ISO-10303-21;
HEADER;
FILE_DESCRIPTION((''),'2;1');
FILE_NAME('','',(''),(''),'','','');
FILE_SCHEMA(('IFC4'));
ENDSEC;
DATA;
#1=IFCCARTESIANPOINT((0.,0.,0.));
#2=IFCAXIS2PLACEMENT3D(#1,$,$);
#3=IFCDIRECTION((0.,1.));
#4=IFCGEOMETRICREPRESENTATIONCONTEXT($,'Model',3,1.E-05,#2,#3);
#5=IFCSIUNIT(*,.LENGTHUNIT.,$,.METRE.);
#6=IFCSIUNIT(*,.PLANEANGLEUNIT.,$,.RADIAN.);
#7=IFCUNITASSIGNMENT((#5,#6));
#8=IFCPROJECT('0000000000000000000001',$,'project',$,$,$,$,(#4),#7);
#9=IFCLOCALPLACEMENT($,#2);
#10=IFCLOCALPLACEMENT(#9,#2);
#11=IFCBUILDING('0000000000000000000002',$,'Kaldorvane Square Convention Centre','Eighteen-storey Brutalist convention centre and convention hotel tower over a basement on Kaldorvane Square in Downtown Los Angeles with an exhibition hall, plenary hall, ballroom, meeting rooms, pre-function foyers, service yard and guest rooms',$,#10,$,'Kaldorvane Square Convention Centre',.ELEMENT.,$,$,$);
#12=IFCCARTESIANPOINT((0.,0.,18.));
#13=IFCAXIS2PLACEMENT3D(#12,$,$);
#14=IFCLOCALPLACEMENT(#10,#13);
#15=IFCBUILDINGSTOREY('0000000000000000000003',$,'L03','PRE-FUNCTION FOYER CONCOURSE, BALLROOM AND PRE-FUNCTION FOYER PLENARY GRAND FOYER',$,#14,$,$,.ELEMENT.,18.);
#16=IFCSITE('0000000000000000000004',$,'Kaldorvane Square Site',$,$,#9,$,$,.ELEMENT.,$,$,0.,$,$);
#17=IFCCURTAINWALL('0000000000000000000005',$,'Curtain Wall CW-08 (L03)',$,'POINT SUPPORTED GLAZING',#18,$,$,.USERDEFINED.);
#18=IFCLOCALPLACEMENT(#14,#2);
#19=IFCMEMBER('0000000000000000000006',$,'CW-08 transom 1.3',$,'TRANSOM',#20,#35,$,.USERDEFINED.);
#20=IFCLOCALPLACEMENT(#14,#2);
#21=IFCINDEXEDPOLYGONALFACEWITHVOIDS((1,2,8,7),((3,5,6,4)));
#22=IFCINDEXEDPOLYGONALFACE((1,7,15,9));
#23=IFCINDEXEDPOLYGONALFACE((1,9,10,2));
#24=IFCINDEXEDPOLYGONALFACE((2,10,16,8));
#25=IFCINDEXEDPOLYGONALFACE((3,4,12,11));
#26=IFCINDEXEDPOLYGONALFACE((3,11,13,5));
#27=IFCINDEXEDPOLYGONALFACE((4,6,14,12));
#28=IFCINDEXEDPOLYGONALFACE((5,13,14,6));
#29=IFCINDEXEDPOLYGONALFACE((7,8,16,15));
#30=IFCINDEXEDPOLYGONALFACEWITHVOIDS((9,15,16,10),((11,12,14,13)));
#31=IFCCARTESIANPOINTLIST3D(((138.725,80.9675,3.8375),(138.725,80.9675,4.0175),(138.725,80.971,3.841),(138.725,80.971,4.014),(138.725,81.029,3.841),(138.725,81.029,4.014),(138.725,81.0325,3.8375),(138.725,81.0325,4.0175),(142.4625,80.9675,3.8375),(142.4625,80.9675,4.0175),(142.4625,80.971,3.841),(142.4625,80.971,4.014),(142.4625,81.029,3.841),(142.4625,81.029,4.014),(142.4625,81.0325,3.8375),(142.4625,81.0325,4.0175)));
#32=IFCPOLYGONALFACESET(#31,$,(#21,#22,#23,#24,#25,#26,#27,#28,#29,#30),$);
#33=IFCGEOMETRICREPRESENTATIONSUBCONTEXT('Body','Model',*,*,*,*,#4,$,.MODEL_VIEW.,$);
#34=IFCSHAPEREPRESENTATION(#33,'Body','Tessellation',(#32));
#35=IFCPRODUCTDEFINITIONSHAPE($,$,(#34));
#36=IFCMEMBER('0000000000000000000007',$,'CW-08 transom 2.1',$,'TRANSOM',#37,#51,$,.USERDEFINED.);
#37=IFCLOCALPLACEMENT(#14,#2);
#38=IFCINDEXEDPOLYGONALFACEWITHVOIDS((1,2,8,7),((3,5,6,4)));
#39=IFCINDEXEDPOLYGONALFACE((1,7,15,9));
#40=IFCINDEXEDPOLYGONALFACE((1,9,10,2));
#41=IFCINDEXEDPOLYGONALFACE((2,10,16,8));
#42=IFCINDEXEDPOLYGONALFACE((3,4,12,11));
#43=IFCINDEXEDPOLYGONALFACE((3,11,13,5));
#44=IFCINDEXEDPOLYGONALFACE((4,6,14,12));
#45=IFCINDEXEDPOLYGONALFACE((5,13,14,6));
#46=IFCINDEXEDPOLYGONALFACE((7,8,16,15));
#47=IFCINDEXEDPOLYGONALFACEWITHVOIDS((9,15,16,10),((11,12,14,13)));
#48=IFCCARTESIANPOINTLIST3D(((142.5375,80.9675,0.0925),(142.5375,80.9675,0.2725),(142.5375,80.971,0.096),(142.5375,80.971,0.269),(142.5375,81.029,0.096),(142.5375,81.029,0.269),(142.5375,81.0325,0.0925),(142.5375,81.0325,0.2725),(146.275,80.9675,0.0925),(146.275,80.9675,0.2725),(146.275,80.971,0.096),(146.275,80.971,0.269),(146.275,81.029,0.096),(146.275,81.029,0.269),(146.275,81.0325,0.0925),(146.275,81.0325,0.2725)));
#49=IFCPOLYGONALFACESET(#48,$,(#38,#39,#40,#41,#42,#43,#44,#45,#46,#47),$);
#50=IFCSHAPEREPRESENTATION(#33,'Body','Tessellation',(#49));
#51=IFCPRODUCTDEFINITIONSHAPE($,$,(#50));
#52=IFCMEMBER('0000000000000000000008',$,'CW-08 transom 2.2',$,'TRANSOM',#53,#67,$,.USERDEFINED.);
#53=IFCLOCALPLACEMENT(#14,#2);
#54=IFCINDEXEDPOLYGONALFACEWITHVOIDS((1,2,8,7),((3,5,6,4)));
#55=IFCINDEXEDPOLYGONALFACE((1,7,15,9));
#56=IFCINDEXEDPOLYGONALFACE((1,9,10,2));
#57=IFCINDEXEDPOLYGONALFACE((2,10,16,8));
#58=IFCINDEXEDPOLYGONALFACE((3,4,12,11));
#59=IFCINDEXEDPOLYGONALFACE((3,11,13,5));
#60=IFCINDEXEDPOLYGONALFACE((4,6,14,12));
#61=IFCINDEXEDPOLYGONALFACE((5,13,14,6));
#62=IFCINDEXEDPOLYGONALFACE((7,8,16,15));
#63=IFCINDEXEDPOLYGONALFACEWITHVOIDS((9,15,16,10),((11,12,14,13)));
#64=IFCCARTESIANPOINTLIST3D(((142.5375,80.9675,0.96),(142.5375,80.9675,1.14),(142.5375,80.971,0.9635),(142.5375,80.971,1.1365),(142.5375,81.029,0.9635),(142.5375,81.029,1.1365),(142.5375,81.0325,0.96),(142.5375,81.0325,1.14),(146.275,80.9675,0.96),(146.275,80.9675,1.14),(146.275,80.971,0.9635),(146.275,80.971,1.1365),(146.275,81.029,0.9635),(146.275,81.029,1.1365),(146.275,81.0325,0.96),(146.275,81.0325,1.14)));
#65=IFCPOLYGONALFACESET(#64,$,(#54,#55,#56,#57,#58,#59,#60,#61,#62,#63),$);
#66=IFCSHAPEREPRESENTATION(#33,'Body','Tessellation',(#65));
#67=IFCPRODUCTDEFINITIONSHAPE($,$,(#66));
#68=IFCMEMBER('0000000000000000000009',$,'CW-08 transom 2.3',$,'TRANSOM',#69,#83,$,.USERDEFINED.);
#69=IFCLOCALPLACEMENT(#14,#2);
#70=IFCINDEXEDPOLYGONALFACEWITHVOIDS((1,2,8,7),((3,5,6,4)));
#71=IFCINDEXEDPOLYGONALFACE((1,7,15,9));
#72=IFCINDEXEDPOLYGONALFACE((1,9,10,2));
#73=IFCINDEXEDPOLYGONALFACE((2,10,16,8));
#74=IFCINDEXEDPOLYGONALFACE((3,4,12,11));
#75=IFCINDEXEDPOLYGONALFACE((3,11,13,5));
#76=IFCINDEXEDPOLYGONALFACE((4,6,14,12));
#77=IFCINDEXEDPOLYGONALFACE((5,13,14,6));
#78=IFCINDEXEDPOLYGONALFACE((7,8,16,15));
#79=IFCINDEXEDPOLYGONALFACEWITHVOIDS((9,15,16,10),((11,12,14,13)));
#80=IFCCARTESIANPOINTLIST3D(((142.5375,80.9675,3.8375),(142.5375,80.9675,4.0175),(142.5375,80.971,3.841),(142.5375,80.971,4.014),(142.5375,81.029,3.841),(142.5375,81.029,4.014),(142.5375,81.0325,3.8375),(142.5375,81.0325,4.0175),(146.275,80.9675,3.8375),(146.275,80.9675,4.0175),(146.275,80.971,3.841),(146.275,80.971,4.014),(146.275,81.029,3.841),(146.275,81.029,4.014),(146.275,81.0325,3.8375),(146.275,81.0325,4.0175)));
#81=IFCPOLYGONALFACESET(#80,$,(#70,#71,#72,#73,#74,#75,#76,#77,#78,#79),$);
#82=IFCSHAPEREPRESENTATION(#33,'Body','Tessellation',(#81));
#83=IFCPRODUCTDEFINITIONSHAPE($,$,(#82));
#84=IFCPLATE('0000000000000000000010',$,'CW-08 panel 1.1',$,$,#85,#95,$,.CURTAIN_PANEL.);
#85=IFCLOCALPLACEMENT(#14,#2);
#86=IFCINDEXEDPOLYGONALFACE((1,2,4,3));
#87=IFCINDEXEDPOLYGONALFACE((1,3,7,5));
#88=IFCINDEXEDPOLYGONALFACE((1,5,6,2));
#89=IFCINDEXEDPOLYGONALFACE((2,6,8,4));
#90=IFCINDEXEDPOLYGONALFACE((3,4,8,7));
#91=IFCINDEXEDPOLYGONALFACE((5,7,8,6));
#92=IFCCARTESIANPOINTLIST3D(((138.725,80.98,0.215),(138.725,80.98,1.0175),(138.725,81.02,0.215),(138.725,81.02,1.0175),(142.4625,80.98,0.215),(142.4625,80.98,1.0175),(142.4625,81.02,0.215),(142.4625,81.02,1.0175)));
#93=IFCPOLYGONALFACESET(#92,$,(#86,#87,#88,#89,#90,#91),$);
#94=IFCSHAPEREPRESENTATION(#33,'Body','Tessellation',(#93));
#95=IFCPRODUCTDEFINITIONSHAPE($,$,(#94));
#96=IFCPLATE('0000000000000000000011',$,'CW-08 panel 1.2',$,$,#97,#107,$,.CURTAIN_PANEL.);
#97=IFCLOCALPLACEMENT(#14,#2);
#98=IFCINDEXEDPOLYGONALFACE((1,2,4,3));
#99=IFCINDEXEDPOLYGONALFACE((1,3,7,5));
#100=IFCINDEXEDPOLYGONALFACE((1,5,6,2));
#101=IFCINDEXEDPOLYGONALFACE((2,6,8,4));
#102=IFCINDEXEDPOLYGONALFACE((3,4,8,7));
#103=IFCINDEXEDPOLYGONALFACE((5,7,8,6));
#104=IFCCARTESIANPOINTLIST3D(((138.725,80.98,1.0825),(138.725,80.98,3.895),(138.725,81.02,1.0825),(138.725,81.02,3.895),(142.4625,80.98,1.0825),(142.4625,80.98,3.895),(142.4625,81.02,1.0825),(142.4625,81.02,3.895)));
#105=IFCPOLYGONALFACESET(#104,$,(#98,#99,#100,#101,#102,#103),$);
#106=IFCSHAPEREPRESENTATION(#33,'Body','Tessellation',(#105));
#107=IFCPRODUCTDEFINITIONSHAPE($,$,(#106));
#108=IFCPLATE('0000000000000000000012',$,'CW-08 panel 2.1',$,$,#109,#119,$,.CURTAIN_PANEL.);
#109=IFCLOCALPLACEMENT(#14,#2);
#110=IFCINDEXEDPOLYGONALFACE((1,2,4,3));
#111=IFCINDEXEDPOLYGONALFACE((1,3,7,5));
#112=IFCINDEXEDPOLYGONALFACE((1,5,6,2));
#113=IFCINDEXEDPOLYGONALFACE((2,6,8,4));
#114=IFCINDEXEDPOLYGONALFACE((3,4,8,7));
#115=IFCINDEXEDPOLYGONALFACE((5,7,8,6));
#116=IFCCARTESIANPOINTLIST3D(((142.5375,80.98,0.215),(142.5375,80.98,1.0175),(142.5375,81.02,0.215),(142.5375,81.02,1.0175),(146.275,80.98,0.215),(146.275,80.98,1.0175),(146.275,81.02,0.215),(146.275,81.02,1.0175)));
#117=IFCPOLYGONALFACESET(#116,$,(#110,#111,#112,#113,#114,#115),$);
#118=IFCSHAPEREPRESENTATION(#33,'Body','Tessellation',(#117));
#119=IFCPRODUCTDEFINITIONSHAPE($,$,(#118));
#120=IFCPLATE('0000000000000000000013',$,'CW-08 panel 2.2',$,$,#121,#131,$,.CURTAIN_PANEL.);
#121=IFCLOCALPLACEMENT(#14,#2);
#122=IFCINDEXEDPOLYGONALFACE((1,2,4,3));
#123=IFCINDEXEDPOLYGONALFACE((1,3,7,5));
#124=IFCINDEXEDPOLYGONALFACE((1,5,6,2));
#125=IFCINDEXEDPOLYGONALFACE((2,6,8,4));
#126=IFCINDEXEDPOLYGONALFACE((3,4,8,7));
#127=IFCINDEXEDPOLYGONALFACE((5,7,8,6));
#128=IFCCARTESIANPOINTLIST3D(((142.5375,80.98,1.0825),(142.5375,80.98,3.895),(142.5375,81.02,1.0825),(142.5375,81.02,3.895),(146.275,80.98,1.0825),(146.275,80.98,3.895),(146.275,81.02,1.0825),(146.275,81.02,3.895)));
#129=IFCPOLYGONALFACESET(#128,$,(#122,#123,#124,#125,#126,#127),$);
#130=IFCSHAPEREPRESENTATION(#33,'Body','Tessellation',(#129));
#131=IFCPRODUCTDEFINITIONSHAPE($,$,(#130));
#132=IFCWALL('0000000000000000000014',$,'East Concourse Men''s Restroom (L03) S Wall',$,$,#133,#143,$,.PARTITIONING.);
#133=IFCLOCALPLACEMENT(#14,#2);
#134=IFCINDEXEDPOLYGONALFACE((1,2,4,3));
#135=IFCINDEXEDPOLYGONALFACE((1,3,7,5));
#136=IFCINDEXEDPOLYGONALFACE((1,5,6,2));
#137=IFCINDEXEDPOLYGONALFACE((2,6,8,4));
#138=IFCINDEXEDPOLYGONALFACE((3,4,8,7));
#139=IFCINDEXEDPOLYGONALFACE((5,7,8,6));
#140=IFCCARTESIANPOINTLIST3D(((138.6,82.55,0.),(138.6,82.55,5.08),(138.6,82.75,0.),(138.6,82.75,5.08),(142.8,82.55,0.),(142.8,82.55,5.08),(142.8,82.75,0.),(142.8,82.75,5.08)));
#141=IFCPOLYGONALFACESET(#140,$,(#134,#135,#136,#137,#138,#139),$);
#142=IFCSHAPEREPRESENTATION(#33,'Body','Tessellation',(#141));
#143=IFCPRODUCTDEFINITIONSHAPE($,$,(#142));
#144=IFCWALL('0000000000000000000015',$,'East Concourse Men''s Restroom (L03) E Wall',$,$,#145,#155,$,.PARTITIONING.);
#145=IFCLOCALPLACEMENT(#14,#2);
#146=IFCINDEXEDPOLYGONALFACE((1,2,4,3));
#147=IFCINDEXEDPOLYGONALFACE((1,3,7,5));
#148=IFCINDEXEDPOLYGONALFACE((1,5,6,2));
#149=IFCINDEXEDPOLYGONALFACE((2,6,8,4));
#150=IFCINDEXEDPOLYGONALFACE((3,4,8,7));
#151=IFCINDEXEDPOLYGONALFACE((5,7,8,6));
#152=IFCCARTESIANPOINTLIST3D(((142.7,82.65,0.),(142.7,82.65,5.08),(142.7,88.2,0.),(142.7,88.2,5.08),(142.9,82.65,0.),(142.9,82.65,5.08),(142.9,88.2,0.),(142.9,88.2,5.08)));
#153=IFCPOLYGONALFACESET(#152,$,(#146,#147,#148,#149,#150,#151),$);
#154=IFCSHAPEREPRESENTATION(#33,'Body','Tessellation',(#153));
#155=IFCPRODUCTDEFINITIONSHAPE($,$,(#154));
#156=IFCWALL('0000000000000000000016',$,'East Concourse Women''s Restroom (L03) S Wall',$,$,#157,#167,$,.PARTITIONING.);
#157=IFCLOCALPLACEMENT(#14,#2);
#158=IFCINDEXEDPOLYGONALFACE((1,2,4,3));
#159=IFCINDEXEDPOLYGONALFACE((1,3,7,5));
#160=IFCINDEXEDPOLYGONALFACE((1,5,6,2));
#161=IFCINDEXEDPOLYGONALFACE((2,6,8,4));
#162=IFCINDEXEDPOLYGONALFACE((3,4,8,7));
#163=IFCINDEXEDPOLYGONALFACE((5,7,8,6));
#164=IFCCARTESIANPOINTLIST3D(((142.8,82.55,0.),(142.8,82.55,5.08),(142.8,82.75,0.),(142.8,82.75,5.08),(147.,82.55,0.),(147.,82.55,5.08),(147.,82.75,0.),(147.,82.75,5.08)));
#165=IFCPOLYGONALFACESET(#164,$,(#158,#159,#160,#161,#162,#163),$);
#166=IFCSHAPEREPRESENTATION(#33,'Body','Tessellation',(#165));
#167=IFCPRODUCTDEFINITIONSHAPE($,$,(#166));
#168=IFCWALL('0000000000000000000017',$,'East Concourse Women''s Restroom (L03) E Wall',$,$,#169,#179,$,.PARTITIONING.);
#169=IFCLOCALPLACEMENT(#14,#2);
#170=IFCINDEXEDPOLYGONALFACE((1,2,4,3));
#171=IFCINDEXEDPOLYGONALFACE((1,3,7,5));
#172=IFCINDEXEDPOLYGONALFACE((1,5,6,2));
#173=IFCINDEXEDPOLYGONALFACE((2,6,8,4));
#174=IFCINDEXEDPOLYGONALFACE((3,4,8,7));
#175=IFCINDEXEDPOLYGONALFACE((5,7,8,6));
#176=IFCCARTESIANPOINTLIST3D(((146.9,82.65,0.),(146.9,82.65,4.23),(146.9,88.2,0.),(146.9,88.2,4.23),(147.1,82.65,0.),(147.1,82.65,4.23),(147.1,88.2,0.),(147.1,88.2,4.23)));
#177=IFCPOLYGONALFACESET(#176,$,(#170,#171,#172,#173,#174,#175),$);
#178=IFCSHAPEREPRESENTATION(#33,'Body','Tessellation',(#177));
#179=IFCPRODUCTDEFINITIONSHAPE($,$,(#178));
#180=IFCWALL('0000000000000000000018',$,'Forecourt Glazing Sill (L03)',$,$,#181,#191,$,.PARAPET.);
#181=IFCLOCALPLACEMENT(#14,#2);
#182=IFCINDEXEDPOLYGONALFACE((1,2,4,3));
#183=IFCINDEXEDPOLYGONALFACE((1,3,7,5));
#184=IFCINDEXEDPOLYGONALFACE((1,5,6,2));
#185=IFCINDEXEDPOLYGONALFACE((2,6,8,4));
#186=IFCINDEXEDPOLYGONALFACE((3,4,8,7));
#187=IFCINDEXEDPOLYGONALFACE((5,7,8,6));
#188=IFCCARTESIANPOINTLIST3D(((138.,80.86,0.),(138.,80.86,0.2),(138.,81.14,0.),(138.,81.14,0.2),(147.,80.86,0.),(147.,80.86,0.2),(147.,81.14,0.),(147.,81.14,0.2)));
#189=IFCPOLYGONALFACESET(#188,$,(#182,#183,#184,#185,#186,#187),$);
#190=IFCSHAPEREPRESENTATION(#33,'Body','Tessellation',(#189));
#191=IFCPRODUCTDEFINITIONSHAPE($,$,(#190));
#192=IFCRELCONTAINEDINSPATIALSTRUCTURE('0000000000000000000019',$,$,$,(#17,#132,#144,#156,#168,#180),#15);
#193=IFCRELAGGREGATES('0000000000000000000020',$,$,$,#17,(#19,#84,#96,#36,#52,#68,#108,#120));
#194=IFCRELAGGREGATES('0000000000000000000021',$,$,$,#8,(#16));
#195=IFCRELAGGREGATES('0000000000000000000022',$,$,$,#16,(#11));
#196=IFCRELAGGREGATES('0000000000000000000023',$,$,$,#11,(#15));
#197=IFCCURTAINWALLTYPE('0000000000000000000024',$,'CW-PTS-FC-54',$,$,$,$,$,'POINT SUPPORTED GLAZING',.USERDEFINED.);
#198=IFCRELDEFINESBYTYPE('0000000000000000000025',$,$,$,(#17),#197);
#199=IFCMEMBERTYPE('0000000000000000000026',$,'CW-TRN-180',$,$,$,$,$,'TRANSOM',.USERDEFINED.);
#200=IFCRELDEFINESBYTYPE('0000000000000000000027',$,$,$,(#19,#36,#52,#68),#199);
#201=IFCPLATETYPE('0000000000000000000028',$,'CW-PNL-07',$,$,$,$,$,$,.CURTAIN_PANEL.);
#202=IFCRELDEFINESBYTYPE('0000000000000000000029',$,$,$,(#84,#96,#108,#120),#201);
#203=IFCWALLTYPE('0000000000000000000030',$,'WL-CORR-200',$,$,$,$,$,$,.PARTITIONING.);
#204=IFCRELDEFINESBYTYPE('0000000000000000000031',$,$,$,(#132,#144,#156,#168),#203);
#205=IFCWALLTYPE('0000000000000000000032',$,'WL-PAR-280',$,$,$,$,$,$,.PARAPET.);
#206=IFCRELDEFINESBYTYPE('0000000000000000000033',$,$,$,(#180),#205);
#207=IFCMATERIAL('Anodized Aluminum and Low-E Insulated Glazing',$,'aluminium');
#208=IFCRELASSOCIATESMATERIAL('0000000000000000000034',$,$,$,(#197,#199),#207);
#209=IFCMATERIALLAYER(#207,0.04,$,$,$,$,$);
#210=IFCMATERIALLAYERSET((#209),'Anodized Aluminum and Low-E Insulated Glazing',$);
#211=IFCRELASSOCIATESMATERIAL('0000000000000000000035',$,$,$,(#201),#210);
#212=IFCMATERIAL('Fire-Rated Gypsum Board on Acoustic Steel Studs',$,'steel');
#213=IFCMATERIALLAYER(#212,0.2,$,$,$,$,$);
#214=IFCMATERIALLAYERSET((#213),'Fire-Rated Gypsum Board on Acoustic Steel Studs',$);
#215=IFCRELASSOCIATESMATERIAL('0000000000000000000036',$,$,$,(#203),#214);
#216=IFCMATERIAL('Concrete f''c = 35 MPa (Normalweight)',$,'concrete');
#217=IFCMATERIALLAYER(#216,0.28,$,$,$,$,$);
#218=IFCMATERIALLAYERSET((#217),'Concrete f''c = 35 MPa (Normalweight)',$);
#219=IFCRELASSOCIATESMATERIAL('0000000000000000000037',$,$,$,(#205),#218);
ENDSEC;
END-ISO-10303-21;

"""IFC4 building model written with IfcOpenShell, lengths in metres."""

from ifc_helpers import new_model, si_unit, direction, frame, frame_2d, origin, origin_2d, place, context, subcontext, project, spatial, rectangle, hollow_rectangle, extrude, material, layer, layer_set, material_profile, profile_set, type_object, element, aggregate, save


model = new_model("IFC4")

# Units and contexts
model_context = context("Model", 3, precision=1e-05, world=origin(), true_north=direction((0.0, 1.0)))
body_context = subcontext(model_context, "Body", "Model", "MODEL_VIEW")
ifc_project = project(units=[si_unit("LENGTHUNIT", "METRE"), si_unit("PLANEANGLEUNIT", "RADIAN")], contexts=[model_context])

# Site, building, storey
site_placement = place(None, origin())
site = spatial("IfcSite", under=ifc_project, at=site_placement, Name="Kaldorvane Square Site", CompositionType="ELEMENT", RefElevation=0.0)
building_placement = place(site_placement, origin())
building = spatial("IfcBuilding", under=site, at=building_placement, Name="Kaldorvane Square Convention Centre", Description="Eighteen-storey Brutalist convention centre and convention hotel tower over a basement on Kaldorvane Square in Downtown Los Angeles with an exhibition hall, plenary hall, ballroom, meeting rooms, pre-function foyers, service yard and guest rooms", LongName="Kaldorvane Square Convention Centre", CompositionType="ELEMENT")
storey_placement = place(building_placement, frame((0.0, 0.0, 18.0)))
storey = spatial("IfcBuildingStorey", under=building, at=storey_placement, Name="L03", Description="PRE-FUNCTION FOYER CONCOURSE, BALLROOM AND PRE-FUNCTION FOYER PLENARY GRAND FOYER", CompositionType="ELEMENT", Elevation=18.0)

# Curtain wall, members, plates
ifc_material_1 = material(Name="Anodized Aluminum and Low-E Insulated Glazing", Category="aluminium")
curtain_wall_type = type_object("IfcCurtainWallType", Name="CW-PTS-FC-54", ElementType="POINT SUPPORTED GLAZING", PredefinedType="USERDEFINED", material=ifc_material_1)
curtain_wall_placement = place(storey_placement, origin())
curtain_wall = element("IfcCurtainWall", 1, at=curtain_wall_placement, inside=storey, type_object=curtain_wall_type, Name="Curtain Wall CW-08 (L03)", ObjectType="POINT SUPPORTED GLAZING", PredefinedType="USERDEFINED")
ifc_material_profile_1 = material_profile(ifc_material_1, hollow_rectangle(XDim=0.065, YDim=0.18, WallThickness=0.0035, at=origin_2d()), Name="CWT-180X65")
ifc_profile_set_1 = profile_set([ifc_material_profile_1], Name="Anodized Aluminum and Low-E Insulated Glazing")
member_type_1 = type_object("IfcMemberType", Name="CW-TRN-180", ElementType="TRANSOM", PredefinedType="USERDEFINED", material=ifc_profile_set_1)
member_1_placement = place(storey_placement, frame((138.725, 81.0, 3.9275), z_axis=(1.0, 0.0, 0.0), x_axis=(0.0, 1.0, 0.0)))
member_1 = element("IfcMember", 2, at=member_1_placement, type_object=member_type_1, Name="CW-08 transom 1.3", ObjectType="TRANSOM", PredefinedType="USERDEFINED", context=body_context, shape_type="SweptSolid", body=[
    extrude(hollow_rectangle(XDim=0.065, YDim=0.18, WallThickness=0.0035, at=origin_2d()), origin(), (0.0, 0.0, 1.0), 3.7375),
])
member_2_placement = place(storey_placement, frame((142.5375, 81.0, 0.1825), z_axis=(1.0, 0.0, 0.0), x_axis=(0.0, 1.0, 0.0)))
member_2 = element("IfcMember", 3, at=member_2_placement, type_object=member_type_1, Name="CW-08 transom 2.1", ObjectType="TRANSOM", PredefinedType="USERDEFINED", context=body_context, shape_type="SweptSolid", body=[
    extrude(hollow_rectangle(XDim=0.065, YDim=0.18, WallThickness=0.0035, at=origin_2d()), origin(), (0.0, 0.0, 1.0), 3.7375),
])
member_3_placement = place(storey_placement, frame((142.5375, 81.0, 1.05), z_axis=(1.0, 0.0, 0.0), x_axis=(0.0, 1.0, 0.0)))
member_3 = element("IfcMember", 4, at=member_3_placement, type_object=member_type_1, Name="CW-08 transom 2.2", ObjectType="TRANSOM", PredefinedType="USERDEFINED", context=body_context, shape_type="SweptSolid", body=[
    extrude(hollow_rectangle(XDim=0.065, YDim=0.18, WallThickness=0.0035, at=origin_2d()), origin(), (0.0, 0.0, 1.0), 3.7375),
])
member_4_placement = place(storey_placement, frame((142.5375, 81.0, 3.9275), z_axis=(1.0, 0.0, 0.0), x_axis=(0.0, 1.0, 0.0)))
member_4 = element("IfcMember", 5, at=member_4_placement, type_object=member_type_1, Name="CW-08 transom 2.3", ObjectType="TRANSOM", PredefinedType="USERDEFINED", context=body_context, shape_type="SweptSolid", body=[
    extrude(hollow_rectangle(XDim=0.065, YDim=0.18, WallThickness=0.0035, at=origin_2d()), origin(), (0.0, 0.0, 1.0), 3.7375),
])
ifc_layer_1 = layer(ifc_material_1, 0.04)
ifc_layer_set_1 = layer_set([ifc_layer_1], Name="Anodized Aluminum and Low-E Insulated Glazing")
plate_type = type_object("IfcPlateType", Name="CW-PNL-07", PredefinedType="CURTAIN_PANEL", material=ifc_layer_set_1)
plate_1_placement = place(storey_placement, frame((140.5938, 81.0, 0.215), z_axis=(0.0, 0.0, 1.0), x_axis=(1.0, 0.0, 0.0)))
plate_1 = element("IfcPlate", 6, at=plate_1_placement, type_object=plate_type, Name="CW-08 panel 1.1", PredefinedType="CURTAIN_PANEL", context=body_context, shape_type="SweptSolid", body=[
    extrude(rectangle(XDim=3.7375, YDim=0.04, at=origin_2d()), origin(), (0.0, 0.0, 1.0), 0.8025),
])
plate_2_placement = place(storey_placement, frame((140.5938, 81.0, 1.0825), z_axis=(0.0, 0.0, 1.0), x_axis=(1.0, 0.0, 0.0)))
plate_2 = element("IfcPlate", 7, at=plate_2_placement, type_object=plate_type, Name="CW-08 panel 1.2", PredefinedType="CURTAIN_PANEL", context=body_context, shape_type="SweptSolid", body=[
    extrude(rectangle(XDim=3.7375, YDim=0.04, at=origin_2d()), origin(), (0.0, 0.0, 1.0), 2.8125),
])
plate_3_placement = place(storey_placement, frame((144.4062, 81.0, 0.215), z_axis=(0.0, 0.0, 1.0), x_axis=(1.0, 0.0, 0.0)))
plate_3 = element("IfcPlate", 8, at=plate_3_placement, type_object=plate_type, Name="CW-08 panel 2.1", PredefinedType="CURTAIN_PANEL", context=body_context, shape_type="SweptSolid", body=[
    extrude(rectangle(XDim=3.7375, YDim=0.04, at=origin_2d()), origin(), (0.0, 0.0, 1.0), 0.8025),
])
plate_4_placement = place(storey_placement, frame((144.4062, 81.0, 1.0825), z_axis=(0.0, 0.0, 1.0), x_axis=(1.0, 0.0, 0.0)))
plate_4 = element("IfcPlate", 9, at=plate_4_placement, type_object=plate_type, Name="CW-08 panel 2.2", PredefinedType="CURTAIN_PANEL", context=body_context, shape_type="SweptSolid", body=[
    extrude(rectangle(XDim=3.7375, YDim=0.04, at=origin_2d()), origin(), (0.0, 0.0, 1.0), 2.8125),
])
aggregate(curtain_wall, [member_1, plate_1, plate_2, member_2, member_3, member_4, plate_3, plate_4])

# Walls
ifc_material_2 = material(Name="Fire-Rated Gypsum Board on Acoustic Steel Studs", Category="steel")
ifc_layer_2 = layer(ifc_material_2, 0.2)
ifc_layer_set_2 = layer_set([ifc_layer_2], Name="Fire-Rated Gypsum Board on Acoustic Steel Studs")
wall_type_1 = type_object("IfcWallType", Name="WL-CORR-200", PredefinedType="PARTITIONING", material=ifc_layer_set_2)
wall_1_placement = place(storey_placement, frame((138.6, 82.65, 0.0), z_axis=(0.0, 0.0, 1.0), x_axis=(1.0, 0.0, 0.0)))
element("IfcWall", 10, at=wall_1_placement, inside=storey, type_object=wall_type_1, Name="East Concourse Men's Restroom (L03) S Wall", PredefinedType="PARTITIONING", context=body_context, shape_type="SweptSolid", body=[
    extrude(rectangle(XDim=4.2, YDim=0.2, at=frame_2d((2.1, 0.0))), origin(), (0.0, 0.0, 1.0), 5.08),
])
wall_2_placement = place(storey_placement, frame((142.8, 82.65, 0.0), z_axis=(0.0, 0.0, 1.0), x_axis=(0.0, 1.0, 0.0)))
element("IfcWall", 11, at=wall_2_placement, inside=storey, type_object=wall_type_1, Name="East Concourse Men's Restroom (L03) E Wall", PredefinedType="PARTITIONING", context=body_context, shape_type="SweptSolid", body=[
    extrude(rectangle(XDim=5.55, YDim=0.2, at=frame_2d((2.775, 0.0))), origin(), (0.0, 0.0, 1.0), 5.08),
])
wall_3_placement = place(storey_placement, frame((142.8, 82.65, 0.0), z_axis=(0.0, 0.0, 1.0), x_axis=(1.0, 0.0, 0.0)))
element("IfcWall", 12, at=wall_3_placement, inside=storey, type_object=wall_type_1, Name="East Concourse Women's Restroom (L03) S Wall", PredefinedType="PARTITIONING", context=body_context, shape_type="SweptSolid", body=[
    extrude(rectangle(XDim=4.2, YDim=0.2, at=frame_2d((2.1, 0.0))), origin(), (0.0, 0.0, 1.0), 5.08),
])
wall_4_placement = place(storey_placement, frame((147.0, 82.65, 0.0), z_axis=(0.0, 0.0, 1.0), x_axis=(0.0, 1.0, 0.0)))
element("IfcWall", 13, at=wall_4_placement, inside=storey, type_object=wall_type_1, Name="East Concourse Women's Restroom (L03) E Wall", PredefinedType="PARTITIONING", context=body_context, shape_type="SweptSolid", body=[
    extrude(rectangle(XDim=5.55, YDim=0.2, at=frame_2d((2.775, 0.0))), origin(), (0.0, 0.0, 1.0), 4.23),
])
ifc_material_3 = material(Name="Concrete f'c = 35 MPa (Normalweight)", Category="concrete")
ifc_layer_3 = layer(ifc_material_3, 0.28)
ifc_layer_set_3 = layer_set([ifc_layer_3], Name="Concrete f'c = 35 MPa (Normalweight)")
wall_type_2 = type_object("IfcWallType", Name="WL-PAR-280", PredefinedType="PARAPET", material=ifc_layer_set_3)
for number, where, z_axis, x_axis, name in (
    (14, (138.0, 81.0, 0.0), (0.0, 0.0, 1.0), (1.0, 0.0, 0.0), "Forecourt Glazing Sill (L03)"),
):
    element("IfcWall", number, at=place(storey_placement, frame(where, z_axis=z_axis, x_axis=x_axis)), inside=storey, type_object=wall_type_2, Name=name, PredefinedType="PARAPET", context=body_context, shape_type="SweptSolid", body=[
        extrude(rectangle(XDim=9.0, YDim=0.28, at=frame_2d((4.5, 0.0))), origin(), (0.0, 0.0, 1.0), 0.2),
    ])

save(model, "model.ifc")
